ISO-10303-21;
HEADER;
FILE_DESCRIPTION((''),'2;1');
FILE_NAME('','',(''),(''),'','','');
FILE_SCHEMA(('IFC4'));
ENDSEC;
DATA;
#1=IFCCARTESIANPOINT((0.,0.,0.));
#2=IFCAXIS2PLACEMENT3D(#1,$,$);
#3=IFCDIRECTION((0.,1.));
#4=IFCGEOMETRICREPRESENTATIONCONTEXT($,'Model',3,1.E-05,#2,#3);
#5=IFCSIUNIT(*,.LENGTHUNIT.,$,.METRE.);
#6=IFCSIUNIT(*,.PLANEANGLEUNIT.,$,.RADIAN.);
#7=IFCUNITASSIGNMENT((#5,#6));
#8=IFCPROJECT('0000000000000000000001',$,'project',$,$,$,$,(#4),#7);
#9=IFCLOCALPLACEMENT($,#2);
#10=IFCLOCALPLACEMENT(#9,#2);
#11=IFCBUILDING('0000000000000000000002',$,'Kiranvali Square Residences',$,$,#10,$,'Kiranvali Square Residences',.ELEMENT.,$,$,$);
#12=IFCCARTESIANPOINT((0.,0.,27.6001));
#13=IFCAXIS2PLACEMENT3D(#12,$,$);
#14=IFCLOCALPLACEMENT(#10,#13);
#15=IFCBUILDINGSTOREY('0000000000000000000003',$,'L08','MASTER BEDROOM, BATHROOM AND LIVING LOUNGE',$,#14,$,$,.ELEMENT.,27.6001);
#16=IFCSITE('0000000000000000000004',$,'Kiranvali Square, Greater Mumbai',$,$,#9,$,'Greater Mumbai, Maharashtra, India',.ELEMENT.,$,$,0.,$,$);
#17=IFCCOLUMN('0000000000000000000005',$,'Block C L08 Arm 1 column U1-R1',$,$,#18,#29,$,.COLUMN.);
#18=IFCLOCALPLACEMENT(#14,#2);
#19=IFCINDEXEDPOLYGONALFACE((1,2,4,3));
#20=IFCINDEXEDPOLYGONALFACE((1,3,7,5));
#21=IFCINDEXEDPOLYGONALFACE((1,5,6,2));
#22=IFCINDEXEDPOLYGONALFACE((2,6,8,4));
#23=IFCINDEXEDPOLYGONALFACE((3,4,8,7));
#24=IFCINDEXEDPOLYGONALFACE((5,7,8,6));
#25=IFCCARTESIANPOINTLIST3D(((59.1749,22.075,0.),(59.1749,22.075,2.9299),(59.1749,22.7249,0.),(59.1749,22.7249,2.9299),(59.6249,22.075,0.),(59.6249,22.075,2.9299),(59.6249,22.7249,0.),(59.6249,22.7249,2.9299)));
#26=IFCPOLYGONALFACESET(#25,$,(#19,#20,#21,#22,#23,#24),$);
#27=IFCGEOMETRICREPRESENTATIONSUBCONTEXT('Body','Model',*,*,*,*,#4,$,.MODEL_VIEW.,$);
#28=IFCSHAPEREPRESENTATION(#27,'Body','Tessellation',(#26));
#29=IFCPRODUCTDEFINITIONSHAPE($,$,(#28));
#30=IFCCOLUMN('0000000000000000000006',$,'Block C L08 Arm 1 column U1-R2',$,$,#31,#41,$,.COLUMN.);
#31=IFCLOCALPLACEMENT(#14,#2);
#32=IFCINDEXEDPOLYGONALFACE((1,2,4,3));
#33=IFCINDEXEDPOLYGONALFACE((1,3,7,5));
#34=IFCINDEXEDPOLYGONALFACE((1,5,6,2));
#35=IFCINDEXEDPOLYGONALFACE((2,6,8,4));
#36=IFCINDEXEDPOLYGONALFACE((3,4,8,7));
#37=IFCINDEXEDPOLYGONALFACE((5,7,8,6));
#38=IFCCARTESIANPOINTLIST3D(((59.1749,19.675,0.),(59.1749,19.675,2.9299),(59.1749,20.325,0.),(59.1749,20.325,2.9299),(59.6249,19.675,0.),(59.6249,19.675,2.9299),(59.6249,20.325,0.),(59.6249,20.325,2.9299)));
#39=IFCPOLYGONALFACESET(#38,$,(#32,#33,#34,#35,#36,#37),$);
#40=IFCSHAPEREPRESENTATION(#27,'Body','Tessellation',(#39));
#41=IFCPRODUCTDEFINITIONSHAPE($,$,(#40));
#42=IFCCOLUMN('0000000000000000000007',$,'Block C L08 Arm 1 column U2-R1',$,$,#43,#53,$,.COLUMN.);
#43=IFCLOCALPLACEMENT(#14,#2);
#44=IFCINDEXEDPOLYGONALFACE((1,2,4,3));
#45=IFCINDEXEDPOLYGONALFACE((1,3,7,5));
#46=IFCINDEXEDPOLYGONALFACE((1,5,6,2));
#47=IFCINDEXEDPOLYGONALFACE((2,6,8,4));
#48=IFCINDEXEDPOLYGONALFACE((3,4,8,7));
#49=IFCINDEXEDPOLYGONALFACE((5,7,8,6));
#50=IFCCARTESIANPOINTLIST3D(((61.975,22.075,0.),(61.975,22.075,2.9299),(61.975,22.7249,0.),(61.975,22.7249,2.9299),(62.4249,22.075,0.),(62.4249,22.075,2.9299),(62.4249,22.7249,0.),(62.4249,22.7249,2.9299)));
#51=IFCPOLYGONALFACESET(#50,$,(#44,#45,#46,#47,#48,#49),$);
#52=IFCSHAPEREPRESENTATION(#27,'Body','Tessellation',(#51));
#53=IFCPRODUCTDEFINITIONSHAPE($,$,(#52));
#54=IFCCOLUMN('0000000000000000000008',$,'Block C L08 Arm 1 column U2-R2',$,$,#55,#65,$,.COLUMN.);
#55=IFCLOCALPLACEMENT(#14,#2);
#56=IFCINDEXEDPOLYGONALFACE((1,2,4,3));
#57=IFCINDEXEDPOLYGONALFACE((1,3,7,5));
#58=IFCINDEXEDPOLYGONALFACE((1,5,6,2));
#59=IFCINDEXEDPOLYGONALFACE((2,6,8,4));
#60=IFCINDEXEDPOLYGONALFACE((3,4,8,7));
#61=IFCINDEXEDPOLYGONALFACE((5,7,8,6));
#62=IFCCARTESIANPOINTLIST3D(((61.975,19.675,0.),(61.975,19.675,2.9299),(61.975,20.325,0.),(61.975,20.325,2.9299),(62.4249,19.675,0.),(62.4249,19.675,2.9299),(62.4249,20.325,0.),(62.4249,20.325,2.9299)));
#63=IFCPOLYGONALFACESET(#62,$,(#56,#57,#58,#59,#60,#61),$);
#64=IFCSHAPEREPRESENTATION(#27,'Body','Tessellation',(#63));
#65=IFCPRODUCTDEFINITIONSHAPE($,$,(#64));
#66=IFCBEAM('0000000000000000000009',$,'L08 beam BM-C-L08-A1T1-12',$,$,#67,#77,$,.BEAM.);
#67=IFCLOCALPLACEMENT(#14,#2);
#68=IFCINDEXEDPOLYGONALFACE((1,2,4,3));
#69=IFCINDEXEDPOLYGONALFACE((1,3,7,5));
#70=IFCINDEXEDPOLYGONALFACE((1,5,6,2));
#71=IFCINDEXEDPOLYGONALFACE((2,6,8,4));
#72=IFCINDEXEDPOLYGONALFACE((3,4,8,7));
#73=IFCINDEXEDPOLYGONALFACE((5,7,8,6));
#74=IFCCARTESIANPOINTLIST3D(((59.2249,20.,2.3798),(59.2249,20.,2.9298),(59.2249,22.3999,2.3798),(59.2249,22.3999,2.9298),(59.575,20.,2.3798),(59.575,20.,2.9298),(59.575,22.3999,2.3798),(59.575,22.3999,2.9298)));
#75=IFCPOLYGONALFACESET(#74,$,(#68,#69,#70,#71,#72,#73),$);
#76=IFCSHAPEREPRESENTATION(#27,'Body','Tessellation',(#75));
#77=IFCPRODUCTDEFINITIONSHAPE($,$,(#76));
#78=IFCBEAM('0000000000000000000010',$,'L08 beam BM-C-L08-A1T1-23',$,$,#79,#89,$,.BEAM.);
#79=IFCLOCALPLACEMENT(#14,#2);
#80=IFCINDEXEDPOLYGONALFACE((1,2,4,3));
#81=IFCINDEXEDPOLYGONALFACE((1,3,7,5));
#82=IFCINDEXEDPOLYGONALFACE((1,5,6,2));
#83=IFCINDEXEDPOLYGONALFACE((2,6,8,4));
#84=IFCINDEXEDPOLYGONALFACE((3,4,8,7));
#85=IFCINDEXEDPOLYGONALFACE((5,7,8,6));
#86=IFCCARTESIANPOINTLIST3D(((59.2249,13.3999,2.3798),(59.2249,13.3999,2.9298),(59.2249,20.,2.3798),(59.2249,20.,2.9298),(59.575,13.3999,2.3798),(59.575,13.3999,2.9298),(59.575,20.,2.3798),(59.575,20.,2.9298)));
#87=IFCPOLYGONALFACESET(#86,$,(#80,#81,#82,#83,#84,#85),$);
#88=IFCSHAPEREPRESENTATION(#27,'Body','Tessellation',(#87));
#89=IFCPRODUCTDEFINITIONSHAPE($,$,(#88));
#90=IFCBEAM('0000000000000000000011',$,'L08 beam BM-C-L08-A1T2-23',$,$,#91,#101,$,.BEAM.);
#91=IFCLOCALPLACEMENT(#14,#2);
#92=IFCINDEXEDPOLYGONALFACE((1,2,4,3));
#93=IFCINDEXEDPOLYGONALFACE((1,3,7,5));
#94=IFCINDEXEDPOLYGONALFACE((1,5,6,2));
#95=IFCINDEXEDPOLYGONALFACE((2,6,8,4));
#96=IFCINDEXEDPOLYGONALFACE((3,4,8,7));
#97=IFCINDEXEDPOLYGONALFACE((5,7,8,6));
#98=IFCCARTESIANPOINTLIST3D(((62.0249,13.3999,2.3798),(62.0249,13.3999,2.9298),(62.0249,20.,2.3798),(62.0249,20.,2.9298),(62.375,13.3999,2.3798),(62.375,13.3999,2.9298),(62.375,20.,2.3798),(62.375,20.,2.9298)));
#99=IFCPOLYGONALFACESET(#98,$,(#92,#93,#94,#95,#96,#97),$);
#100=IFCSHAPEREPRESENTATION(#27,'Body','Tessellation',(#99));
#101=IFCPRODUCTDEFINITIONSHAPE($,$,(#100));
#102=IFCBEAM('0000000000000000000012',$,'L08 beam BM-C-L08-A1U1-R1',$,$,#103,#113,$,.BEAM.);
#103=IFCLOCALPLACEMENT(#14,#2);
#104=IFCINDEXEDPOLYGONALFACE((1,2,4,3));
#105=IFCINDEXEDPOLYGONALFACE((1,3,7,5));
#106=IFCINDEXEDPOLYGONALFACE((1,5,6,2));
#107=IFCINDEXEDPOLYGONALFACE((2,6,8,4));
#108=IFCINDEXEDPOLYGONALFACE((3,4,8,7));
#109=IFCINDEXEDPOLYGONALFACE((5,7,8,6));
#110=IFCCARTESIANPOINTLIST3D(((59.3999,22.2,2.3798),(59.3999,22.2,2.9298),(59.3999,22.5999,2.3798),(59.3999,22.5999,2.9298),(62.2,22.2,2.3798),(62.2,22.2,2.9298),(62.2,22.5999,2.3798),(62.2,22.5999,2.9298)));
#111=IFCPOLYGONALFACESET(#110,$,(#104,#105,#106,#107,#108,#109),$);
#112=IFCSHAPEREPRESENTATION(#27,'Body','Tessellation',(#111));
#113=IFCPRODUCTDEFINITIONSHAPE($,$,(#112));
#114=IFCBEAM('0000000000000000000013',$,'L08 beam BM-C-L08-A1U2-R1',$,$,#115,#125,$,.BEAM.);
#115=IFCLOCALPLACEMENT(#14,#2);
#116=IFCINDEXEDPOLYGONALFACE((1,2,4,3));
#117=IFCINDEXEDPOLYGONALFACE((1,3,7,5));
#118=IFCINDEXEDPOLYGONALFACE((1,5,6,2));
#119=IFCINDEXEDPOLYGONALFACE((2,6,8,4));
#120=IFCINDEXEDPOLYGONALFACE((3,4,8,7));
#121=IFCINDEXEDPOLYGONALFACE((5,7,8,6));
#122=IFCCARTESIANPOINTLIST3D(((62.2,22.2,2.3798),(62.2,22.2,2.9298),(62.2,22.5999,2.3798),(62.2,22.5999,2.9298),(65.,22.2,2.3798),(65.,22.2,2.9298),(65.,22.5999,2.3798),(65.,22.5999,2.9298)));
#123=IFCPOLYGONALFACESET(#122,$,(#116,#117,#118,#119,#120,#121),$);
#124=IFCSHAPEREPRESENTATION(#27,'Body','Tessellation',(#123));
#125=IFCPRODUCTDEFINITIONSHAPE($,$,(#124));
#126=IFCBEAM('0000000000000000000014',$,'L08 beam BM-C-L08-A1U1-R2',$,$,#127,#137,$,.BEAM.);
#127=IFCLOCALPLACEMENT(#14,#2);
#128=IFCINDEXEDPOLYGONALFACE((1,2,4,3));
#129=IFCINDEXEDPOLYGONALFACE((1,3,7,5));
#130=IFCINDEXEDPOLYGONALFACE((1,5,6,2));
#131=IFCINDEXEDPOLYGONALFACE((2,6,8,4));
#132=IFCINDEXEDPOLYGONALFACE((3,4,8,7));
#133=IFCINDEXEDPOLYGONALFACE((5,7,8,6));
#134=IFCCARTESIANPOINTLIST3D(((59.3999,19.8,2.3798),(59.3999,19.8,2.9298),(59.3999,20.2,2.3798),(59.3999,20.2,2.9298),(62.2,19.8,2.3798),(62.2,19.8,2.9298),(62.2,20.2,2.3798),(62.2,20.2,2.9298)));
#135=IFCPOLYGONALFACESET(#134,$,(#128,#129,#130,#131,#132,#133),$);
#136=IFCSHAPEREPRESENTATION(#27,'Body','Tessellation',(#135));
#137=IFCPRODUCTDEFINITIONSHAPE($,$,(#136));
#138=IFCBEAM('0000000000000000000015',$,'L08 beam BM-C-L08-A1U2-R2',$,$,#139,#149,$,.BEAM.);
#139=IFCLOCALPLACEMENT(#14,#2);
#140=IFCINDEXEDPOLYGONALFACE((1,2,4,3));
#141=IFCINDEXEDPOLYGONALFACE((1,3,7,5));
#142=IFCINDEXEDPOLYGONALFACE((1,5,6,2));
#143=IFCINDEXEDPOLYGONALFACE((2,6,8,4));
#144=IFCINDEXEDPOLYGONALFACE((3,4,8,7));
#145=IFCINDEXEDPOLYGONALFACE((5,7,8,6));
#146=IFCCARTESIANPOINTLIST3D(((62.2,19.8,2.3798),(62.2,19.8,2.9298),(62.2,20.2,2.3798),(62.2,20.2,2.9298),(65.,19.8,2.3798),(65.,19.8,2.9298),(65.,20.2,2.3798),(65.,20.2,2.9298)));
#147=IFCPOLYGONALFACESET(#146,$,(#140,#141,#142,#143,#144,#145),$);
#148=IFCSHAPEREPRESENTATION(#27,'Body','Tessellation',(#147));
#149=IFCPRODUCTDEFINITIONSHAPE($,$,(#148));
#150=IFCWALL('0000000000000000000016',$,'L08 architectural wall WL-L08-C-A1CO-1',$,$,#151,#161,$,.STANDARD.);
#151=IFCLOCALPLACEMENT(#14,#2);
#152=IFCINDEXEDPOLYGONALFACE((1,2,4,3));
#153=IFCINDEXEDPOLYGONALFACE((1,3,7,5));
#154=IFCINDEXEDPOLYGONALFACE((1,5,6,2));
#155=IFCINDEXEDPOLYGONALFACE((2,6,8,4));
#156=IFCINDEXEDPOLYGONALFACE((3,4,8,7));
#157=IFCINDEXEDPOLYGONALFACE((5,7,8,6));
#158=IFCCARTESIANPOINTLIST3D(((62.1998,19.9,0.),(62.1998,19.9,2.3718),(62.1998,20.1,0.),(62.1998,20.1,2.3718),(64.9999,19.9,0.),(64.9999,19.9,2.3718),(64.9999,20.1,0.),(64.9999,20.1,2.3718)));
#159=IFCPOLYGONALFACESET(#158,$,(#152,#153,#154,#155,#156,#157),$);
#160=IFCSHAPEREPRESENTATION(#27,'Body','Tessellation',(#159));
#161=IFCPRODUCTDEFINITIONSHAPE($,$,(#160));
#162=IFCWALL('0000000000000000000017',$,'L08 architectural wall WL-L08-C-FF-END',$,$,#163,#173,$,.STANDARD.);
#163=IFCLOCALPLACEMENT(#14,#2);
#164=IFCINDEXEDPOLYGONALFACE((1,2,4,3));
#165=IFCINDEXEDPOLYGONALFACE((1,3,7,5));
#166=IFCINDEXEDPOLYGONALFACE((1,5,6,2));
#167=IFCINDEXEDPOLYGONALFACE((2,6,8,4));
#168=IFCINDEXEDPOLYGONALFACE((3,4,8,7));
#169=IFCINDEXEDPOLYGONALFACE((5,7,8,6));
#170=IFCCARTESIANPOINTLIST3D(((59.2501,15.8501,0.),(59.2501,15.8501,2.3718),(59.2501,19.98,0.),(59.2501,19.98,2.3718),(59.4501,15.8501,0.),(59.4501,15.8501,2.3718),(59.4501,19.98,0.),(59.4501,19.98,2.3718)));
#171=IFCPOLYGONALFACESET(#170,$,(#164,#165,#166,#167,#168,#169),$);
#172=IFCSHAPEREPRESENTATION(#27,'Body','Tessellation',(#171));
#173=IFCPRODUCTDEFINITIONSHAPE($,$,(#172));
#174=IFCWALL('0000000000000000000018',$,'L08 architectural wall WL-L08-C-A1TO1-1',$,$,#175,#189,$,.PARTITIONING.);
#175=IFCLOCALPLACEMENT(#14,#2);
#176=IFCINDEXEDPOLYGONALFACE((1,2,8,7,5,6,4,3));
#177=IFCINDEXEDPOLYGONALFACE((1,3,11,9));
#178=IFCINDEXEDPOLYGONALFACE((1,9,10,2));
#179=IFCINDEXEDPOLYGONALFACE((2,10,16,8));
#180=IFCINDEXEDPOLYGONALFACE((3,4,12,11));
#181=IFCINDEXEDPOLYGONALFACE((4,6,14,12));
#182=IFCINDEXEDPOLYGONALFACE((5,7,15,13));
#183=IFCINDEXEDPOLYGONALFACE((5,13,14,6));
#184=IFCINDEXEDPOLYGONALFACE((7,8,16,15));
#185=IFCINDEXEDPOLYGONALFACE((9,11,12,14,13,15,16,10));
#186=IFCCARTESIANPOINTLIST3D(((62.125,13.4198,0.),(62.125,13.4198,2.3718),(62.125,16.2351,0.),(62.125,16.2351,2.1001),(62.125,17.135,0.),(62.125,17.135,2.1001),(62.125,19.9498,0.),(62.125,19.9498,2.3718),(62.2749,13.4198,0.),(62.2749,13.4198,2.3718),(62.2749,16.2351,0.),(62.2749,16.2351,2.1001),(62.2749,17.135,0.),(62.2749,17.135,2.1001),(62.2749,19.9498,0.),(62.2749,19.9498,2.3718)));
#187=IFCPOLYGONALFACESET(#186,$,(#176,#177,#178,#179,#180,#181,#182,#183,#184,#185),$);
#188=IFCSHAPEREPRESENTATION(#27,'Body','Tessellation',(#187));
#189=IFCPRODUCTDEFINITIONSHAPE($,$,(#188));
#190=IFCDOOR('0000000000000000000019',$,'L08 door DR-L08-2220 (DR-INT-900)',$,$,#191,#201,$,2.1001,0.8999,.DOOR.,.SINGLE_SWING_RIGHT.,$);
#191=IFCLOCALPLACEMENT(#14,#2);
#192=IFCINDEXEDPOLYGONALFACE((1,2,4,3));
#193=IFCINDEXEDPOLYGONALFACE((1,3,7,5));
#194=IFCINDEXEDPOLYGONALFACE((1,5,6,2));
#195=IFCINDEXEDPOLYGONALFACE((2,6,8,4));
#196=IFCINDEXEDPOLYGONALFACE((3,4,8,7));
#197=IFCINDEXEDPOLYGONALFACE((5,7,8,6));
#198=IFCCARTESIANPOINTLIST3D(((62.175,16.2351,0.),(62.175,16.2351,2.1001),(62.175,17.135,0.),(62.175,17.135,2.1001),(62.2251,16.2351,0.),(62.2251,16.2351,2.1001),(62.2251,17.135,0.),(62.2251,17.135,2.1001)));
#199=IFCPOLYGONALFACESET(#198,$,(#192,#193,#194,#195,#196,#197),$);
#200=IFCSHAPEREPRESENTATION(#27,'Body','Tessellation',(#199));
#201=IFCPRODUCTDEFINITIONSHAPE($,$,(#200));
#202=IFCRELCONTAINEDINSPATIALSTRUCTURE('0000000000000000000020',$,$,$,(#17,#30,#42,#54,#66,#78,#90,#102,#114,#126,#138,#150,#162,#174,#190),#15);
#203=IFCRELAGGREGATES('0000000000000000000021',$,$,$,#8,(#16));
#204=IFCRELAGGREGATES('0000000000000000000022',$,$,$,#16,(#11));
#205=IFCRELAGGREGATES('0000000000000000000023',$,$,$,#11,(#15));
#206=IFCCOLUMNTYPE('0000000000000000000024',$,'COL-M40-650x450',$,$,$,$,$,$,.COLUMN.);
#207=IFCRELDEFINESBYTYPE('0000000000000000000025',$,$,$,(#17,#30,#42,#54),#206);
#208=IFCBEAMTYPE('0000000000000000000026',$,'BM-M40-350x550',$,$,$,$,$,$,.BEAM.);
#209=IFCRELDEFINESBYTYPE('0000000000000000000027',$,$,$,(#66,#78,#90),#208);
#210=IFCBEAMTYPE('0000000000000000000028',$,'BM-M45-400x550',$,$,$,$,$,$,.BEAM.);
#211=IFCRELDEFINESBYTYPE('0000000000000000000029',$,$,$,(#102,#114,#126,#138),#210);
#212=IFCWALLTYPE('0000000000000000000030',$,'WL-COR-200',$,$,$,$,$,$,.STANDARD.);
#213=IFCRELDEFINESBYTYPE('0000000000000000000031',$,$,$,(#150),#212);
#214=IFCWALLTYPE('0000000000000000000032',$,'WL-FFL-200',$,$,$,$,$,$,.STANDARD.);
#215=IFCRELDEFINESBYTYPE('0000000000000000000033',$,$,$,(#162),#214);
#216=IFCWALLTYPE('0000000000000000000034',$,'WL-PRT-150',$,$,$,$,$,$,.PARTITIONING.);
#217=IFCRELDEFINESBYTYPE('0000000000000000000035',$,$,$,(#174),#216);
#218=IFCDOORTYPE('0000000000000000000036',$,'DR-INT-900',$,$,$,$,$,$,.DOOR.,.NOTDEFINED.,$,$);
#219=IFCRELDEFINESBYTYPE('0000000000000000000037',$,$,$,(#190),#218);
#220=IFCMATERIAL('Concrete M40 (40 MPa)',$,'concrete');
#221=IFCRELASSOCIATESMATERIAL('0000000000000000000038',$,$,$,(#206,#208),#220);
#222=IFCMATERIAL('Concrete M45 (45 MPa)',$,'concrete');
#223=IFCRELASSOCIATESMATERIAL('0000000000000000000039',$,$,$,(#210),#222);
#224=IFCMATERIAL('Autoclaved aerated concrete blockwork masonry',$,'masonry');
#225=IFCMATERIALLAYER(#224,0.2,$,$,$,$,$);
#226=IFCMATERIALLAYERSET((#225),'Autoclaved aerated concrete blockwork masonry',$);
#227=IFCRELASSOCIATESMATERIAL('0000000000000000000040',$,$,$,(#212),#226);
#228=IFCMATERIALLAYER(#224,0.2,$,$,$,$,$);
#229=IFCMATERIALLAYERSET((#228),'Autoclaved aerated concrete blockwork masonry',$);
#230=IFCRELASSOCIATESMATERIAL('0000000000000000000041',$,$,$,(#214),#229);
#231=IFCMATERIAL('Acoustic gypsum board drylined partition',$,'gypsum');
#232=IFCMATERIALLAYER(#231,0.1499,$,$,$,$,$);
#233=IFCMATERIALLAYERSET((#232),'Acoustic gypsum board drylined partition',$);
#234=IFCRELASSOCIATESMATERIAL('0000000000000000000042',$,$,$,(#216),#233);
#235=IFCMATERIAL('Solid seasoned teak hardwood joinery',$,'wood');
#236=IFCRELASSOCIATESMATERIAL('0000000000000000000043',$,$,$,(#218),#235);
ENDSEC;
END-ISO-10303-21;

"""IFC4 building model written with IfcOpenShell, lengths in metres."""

from ifc_helpers import new_model, si_unit, direction, frame, frame_2d, origin, origin_2d, place, context, subcontext, project, spatial, rectangle, extrude, material, layer, layer_set, material_profile, profile_set, type_object, element, fill, save


model = new_model("IFC4")

# Units and contexts
model_context = context("Model", 3, precision=1e-05, world=origin(), true_north=direction((0.0, 1.0)))
body_context = subcontext(model_context, "Body", "Model", "MODEL_VIEW")
ifc_project = project(units=[si_unit("LENGTHUNIT", "METRE"), si_unit("PLANEANGLEUNIT", "RADIAN")], contexts=[model_context])

# Site, building, storey
site_placement = place(None, origin())
site = spatial("IfcSite", under=ifc_project, at=site_placement, Name="Kiranvali Square, Greater Mumbai", LongName="Greater Mumbai, Maharashtra, India", CompositionType="ELEMENT", RefElevation=0.0)
building_placement = place(site_placement, origin())
building = spatial("IfcBuilding", under=site, at=building_placement, Name="Kiranvali Square Residences", LongName="Kiranvali Square Residences", CompositionType="ELEMENT")
storey_placement = place(building_placement, frame((0.0, 0.0, 27.6001)))
storey = spatial("IfcBuildingStorey", under=building, at=storey_placement, Name="L08", Description="MASTER BEDROOM, BATHROOM AND LIVING LOUNGE", CompositionType="ELEMENT", Elevation=27.6001)

# Columns
ifc_material_1 = material(Name="Concrete M40 (40 MPa)", Category="concrete")
ifc_material_profile_1 = material_profile(ifc_material_1, rectangle(XDim=0.45, YDim=0.6499, at=origin_2d()), Name="RC 650x450")
ifc_profile_set_1 = profile_set([ifc_material_profile_1], Name="Concrete M40 (40 MPa)")
column_type = type_object("IfcColumnType", Name="COL-M40-650x450", PredefinedType="COLUMN", material=ifc_profile_set_1)
for number, where, z_axis, x_axis, name in (
    (1, (59.3999, 22.3999, 0.0), (0.0, 0.0, 1.0), (1.0, 0.0, 0.0), "Block C L08 Arm 1 column U1-R1"),
    (2, (59.3999, 20.0, 0.0), (0.0, 0.0, 1.0), (1.0, 0.0, 0.0), "Block C L08 Arm 1 column U1-R2"),
    (3, (62.2, 22.3999, 0.0), (0.0, 0.0, 1.0), (1.0, 0.0, 0.0), "Block C L08 Arm 1 column U2-R1"),
    (4, (62.2, 20.0, 0.0), (0.0, 0.0, 1.0), (1.0, 0.0, 0.0), "Block C L08 Arm 1 column U2-R2"),
):
    element("IfcColumn", number, at=place(storey_placement, frame(where, z_axis=z_axis, x_axis=x_axis)), inside=storey, type_object=column_type, Name=name, PredefinedType="COLUMN", context=body_context, shape_type="SweptSolid", body=[
        extrude(rectangle(XDim=0.45, YDim=0.6499, at=origin_2d()), origin(), (0.0, 0.0, 1.0), 2.9299),
    ])

# Beams
ifc_material_profile_2 = material_profile(ifc_material_1, rectangle(XDim=0.3501, YDim=0.55, at=origin_2d()), Name="RC 350x550")
ifc_profile_set_2 = profile_set([ifc_material_profile_2], Name="Concrete M40 (40 MPa)")
beam_type_1 = type_object("IfcBeamType", Name="BM-M40-350x550", PredefinedType="BEAM", material=ifc_profile_set_2)
beam_placement = place(storey_placement, frame((59.3999, 22.3999, 2.6548), z_axis=(0.0, -1.0, 0.0), x_axis=(1.0, 0.0, 0.0)))
element("IfcBeam", 5, at=beam_placement, inside=storey, type_object=beam_type_1, Name="L08 beam BM-C-L08-A1T1-12", PredefinedType="BEAM", context=body_context, shape_type="SweptSolid", body=[
    extrude(rectangle(XDim=0.3501, YDim=0.55, at=origin_2d()), origin(), (0.0, 0.0, 1.0), 2.3999),
])
for number, where, z_axis, x_axis, name in (
    (6, (59.3999, 20.0, 2.6548), (0.0, -1.0, 0.0), (1.0, 0.0, 0.0), "L08 beam BM-C-L08-A1T1-23"),
    (7, (62.2, 20.0, 2.6548), (0.0, -1.0, 0.0), (1.0, 0.0, 0.0), "L08 beam BM-C-L08-A1T2-23"),
):
    element("IfcBeam", number, at=place(storey_placement, frame(where, z_axis=z_axis, x_axis=x_axis)), inside=storey, type_object=beam_type_1, Name=name, PredefinedType="BEAM", context=body_context, shape_type="SweptSolid", body=[
        extrude(rectangle(XDim=0.3501, YDim=0.55, at=origin_2d()), origin(), (0.0, 0.0, 1.0), 6.6001),
    ])
ifc_material_2 = material(Name="Concrete M45 (45 MPa)", Category="concrete")
ifc_material_profile_3 = material_profile(ifc_material_2, rectangle(XDim=0.3999, YDim=0.55, at=origin_2d()), Name="RC 400x550")
ifc_profile_set_3 = profile_set([ifc_material_profile_3], Name="Concrete M45 (45 MPa)")
beam_type_2 = type_object("IfcBeamType", Name="BM-M45-400x550", PredefinedType="BEAM", material=ifc_profile_set_3)
for number, where, z_axis, x_axis, name in (
    (8, (59.3999, 22.3999, 2.6548), (1.0, 0.0, 0.0), (0.0, 1.0, 0.0), "L08 beam BM-C-L08-A1U1-R1"),
    (9, (62.2, 22.3999, 2.6548), (1.0, 0.0, 0.0), (0.0, 1.0, 0.0), "L08 beam BM-C-L08-A1U2-R1"),
    (10, (59.3999, 20.0, 2.6548), (1.0, 0.0, 0.0), (0.0, 1.0, 0.0), "L08 beam BM-C-L08-A1U1-R2"),
    (11, (62.2, 20.0, 2.6548), (1.0, 0.0, 0.0), (0.0, 1.0, 0.0), "L08 beam BM-C-L08-A1U2-R2"),
):
    element("IfcBeam", number, at=place(storey_placement, frame(where, z_axis=z_axis, x_axis=x_axis)), inside=storey, type_object=beam_type_2, Name=name, PredefinedType="BEAM", context=body_context, shape_type="SweptSolid", body=[
        extrude(rectangle(XDim=0.3999, YDim=0.55, at=origin_2d()), origin(), (0.0, 0.0, 1.0), 2.8),
    ])

# Shared definitions
ifc_material_3 = material(Name="Autoclaved aerated concrete blockwork masonry", Category="masonry")
ifc_layer_1 = layer(ifc_material_3, 0.2)
ifc_layer_set_1 = layer_set([ifc_layer_1], Name="Autoclaved aerated concrete blockwork masonry")
wall_type_1 = type_object("IfcWallType", Name="WL-COR-200", PredefinedType="STANDARD", material=ifc_layer_set_1)

# Walls
wall_1_placement = place(storey_placement, frame((62.2, 20.0, 0.0), z_axis=(0.0, 0.0, 1.0), x_axis=(1.0, 0.0, 0.0)))
element("IfcWall", 12, at=wall_1_placement, inside=storey, type_object=wall_type_1, Name="L08 architectural wall WL-L08-C-A1CO-1", PredefinedType="STANDARD", context=body_context, shape_type="SweptSolid", body=[
    extrude(rectangle(XDim=2.8, YDim=0.2, at=frame_2d((1.3999, 0.0))), origin(), (0.0, 0.0, 1.0), 2.3718),
])
ifc_layer_2 = layer(ifc_material_3, 0.2)
ifc_layer_set_2 = layer_set([ifc_layer_2], Name="Autoclaved aerated concrete blockwork masonry")
wall_type_2 = type_object("IfcWallType", Name="WL-FFL-200", PredefinedType="STANDARD", material=ifc_layer_set_2)
wall_2_placement = place(storey_placement, frame((59.3501, 19.98, 0.0), z_axis=(0.0, 0.0, 1.0), x_axis=(0.0, -1.0, 0.0)))
element("IfcWall", 13, at=wall_2_placement, inside=storey, type_object=wall_type_2, Name="L08 architectural wall WL-L08-C-FF-END", PredefinedType="STANDARD", context=body_context, shape_type="SweptSolid", body=[
    extrude(rectangle(XDim=4.1299, YDim=0.2, at=frame_2d((2.0649, 0.0))), origin(), (0.0, 0.0, 1.0), 2.3718),
])

# Wall, opening, door
ifc_material_4 = material(Name="Acoustic gypsum board drylined partition", Category="gypsum")
ifc_layer_3 = layer(ifc_material_4, 0.1499)
ifc_layer_set_3 = layer_set([ifc_layer_3], Name="Acoustic gypsum board drylined partition")
wall_type_3 = type_object("IfcWallType", Name="WL-PRT-150", PredefinedType="PARTITIONING", material=ifc_layer_set_3)
wall_3_placement = place(storey_placement, frame((62.2, 19.95, 0.0), z_axis=(0.0, 0.0, 1.0), x_axis=(0.0, -1.0, 0.0)))
wall_3 = element("IfcWall", 14, at=wall_3_placement, inside=storey, type_object=wall_type_3, Name="L08 architectural wall WL-L08-C-A1TO1-1", PredefinedType="PARTITIONING", context=body_context, shape_type="SweptSolid", body=[
    extrude(rectangle(XDim=6.53, YDim=0.1499, at=frame_2d((3.2651, 0.0))), origin(), (0.0, 0.0, 1.0), 2.3718),
])
opening_1_placement = place(wall_3_placement, frame((2.8149, 0.0, 0.0)))
opening_1 = element("IfcOpeningElement", 15, at=opening_1_placement, cuts=wall_3, PredefinedType="OPENING", context=body_context, shape_type="SweptSolid", body=[
    extrude(rectangle(XDim=0.8999, YDim=2.1001, at=frame_2d((0.45, 1.05))), frame((0.0, 0.085, 0.0), z_axis=(0.0, -1.0, 0.0), x_axis=(1.0, 0.0, 0.0)), (0.0, 0.0, 1.0), 0.1699),
])
ifc_material_5 = material(Name="Solid seasoned teak hardwood joinery", Category="wood")
door_type_1 = type_object("IfcDoorType", Name="DR-INT-900", OperationType="NOTDEFINED", PredefinedType="DOOR", material=ifc_material_5)
door_1_placement = place(opening_1_placement, frame((0.8999, 0.0, 0.0), z_axis=(0.0, 0.0, 1.0), x_axis=(-1.0, 0.0, 0.0)))
door_1 = element("IfcDoor", 16, at=door_1_placement, inside=storey, type_object=door_type_1, Name="L08 door DR-L08-2220 (DR-INT-900)", OperationType="SINGLE_SWING_RIGHT", OverallHeight=2.1001, OverallWidth=0.8999, PredefinedType="DOOR", context=body_context, shape_type="SweptSolid", body=[
    extrude(rectangle(XDim=0.8999, YDim=2.1001, at=frame_2d((0.45, 1.05))), frame((0.0, 0.0249, 0.0), z_axis=(0.0, -1.0, 0.0), x_axis=(1.0, 0.0, 0.0)), (0.0, 0.0, 1.0), 0.05),
])
fill(opening_1, door_1)

save(model, "model.ifc")
